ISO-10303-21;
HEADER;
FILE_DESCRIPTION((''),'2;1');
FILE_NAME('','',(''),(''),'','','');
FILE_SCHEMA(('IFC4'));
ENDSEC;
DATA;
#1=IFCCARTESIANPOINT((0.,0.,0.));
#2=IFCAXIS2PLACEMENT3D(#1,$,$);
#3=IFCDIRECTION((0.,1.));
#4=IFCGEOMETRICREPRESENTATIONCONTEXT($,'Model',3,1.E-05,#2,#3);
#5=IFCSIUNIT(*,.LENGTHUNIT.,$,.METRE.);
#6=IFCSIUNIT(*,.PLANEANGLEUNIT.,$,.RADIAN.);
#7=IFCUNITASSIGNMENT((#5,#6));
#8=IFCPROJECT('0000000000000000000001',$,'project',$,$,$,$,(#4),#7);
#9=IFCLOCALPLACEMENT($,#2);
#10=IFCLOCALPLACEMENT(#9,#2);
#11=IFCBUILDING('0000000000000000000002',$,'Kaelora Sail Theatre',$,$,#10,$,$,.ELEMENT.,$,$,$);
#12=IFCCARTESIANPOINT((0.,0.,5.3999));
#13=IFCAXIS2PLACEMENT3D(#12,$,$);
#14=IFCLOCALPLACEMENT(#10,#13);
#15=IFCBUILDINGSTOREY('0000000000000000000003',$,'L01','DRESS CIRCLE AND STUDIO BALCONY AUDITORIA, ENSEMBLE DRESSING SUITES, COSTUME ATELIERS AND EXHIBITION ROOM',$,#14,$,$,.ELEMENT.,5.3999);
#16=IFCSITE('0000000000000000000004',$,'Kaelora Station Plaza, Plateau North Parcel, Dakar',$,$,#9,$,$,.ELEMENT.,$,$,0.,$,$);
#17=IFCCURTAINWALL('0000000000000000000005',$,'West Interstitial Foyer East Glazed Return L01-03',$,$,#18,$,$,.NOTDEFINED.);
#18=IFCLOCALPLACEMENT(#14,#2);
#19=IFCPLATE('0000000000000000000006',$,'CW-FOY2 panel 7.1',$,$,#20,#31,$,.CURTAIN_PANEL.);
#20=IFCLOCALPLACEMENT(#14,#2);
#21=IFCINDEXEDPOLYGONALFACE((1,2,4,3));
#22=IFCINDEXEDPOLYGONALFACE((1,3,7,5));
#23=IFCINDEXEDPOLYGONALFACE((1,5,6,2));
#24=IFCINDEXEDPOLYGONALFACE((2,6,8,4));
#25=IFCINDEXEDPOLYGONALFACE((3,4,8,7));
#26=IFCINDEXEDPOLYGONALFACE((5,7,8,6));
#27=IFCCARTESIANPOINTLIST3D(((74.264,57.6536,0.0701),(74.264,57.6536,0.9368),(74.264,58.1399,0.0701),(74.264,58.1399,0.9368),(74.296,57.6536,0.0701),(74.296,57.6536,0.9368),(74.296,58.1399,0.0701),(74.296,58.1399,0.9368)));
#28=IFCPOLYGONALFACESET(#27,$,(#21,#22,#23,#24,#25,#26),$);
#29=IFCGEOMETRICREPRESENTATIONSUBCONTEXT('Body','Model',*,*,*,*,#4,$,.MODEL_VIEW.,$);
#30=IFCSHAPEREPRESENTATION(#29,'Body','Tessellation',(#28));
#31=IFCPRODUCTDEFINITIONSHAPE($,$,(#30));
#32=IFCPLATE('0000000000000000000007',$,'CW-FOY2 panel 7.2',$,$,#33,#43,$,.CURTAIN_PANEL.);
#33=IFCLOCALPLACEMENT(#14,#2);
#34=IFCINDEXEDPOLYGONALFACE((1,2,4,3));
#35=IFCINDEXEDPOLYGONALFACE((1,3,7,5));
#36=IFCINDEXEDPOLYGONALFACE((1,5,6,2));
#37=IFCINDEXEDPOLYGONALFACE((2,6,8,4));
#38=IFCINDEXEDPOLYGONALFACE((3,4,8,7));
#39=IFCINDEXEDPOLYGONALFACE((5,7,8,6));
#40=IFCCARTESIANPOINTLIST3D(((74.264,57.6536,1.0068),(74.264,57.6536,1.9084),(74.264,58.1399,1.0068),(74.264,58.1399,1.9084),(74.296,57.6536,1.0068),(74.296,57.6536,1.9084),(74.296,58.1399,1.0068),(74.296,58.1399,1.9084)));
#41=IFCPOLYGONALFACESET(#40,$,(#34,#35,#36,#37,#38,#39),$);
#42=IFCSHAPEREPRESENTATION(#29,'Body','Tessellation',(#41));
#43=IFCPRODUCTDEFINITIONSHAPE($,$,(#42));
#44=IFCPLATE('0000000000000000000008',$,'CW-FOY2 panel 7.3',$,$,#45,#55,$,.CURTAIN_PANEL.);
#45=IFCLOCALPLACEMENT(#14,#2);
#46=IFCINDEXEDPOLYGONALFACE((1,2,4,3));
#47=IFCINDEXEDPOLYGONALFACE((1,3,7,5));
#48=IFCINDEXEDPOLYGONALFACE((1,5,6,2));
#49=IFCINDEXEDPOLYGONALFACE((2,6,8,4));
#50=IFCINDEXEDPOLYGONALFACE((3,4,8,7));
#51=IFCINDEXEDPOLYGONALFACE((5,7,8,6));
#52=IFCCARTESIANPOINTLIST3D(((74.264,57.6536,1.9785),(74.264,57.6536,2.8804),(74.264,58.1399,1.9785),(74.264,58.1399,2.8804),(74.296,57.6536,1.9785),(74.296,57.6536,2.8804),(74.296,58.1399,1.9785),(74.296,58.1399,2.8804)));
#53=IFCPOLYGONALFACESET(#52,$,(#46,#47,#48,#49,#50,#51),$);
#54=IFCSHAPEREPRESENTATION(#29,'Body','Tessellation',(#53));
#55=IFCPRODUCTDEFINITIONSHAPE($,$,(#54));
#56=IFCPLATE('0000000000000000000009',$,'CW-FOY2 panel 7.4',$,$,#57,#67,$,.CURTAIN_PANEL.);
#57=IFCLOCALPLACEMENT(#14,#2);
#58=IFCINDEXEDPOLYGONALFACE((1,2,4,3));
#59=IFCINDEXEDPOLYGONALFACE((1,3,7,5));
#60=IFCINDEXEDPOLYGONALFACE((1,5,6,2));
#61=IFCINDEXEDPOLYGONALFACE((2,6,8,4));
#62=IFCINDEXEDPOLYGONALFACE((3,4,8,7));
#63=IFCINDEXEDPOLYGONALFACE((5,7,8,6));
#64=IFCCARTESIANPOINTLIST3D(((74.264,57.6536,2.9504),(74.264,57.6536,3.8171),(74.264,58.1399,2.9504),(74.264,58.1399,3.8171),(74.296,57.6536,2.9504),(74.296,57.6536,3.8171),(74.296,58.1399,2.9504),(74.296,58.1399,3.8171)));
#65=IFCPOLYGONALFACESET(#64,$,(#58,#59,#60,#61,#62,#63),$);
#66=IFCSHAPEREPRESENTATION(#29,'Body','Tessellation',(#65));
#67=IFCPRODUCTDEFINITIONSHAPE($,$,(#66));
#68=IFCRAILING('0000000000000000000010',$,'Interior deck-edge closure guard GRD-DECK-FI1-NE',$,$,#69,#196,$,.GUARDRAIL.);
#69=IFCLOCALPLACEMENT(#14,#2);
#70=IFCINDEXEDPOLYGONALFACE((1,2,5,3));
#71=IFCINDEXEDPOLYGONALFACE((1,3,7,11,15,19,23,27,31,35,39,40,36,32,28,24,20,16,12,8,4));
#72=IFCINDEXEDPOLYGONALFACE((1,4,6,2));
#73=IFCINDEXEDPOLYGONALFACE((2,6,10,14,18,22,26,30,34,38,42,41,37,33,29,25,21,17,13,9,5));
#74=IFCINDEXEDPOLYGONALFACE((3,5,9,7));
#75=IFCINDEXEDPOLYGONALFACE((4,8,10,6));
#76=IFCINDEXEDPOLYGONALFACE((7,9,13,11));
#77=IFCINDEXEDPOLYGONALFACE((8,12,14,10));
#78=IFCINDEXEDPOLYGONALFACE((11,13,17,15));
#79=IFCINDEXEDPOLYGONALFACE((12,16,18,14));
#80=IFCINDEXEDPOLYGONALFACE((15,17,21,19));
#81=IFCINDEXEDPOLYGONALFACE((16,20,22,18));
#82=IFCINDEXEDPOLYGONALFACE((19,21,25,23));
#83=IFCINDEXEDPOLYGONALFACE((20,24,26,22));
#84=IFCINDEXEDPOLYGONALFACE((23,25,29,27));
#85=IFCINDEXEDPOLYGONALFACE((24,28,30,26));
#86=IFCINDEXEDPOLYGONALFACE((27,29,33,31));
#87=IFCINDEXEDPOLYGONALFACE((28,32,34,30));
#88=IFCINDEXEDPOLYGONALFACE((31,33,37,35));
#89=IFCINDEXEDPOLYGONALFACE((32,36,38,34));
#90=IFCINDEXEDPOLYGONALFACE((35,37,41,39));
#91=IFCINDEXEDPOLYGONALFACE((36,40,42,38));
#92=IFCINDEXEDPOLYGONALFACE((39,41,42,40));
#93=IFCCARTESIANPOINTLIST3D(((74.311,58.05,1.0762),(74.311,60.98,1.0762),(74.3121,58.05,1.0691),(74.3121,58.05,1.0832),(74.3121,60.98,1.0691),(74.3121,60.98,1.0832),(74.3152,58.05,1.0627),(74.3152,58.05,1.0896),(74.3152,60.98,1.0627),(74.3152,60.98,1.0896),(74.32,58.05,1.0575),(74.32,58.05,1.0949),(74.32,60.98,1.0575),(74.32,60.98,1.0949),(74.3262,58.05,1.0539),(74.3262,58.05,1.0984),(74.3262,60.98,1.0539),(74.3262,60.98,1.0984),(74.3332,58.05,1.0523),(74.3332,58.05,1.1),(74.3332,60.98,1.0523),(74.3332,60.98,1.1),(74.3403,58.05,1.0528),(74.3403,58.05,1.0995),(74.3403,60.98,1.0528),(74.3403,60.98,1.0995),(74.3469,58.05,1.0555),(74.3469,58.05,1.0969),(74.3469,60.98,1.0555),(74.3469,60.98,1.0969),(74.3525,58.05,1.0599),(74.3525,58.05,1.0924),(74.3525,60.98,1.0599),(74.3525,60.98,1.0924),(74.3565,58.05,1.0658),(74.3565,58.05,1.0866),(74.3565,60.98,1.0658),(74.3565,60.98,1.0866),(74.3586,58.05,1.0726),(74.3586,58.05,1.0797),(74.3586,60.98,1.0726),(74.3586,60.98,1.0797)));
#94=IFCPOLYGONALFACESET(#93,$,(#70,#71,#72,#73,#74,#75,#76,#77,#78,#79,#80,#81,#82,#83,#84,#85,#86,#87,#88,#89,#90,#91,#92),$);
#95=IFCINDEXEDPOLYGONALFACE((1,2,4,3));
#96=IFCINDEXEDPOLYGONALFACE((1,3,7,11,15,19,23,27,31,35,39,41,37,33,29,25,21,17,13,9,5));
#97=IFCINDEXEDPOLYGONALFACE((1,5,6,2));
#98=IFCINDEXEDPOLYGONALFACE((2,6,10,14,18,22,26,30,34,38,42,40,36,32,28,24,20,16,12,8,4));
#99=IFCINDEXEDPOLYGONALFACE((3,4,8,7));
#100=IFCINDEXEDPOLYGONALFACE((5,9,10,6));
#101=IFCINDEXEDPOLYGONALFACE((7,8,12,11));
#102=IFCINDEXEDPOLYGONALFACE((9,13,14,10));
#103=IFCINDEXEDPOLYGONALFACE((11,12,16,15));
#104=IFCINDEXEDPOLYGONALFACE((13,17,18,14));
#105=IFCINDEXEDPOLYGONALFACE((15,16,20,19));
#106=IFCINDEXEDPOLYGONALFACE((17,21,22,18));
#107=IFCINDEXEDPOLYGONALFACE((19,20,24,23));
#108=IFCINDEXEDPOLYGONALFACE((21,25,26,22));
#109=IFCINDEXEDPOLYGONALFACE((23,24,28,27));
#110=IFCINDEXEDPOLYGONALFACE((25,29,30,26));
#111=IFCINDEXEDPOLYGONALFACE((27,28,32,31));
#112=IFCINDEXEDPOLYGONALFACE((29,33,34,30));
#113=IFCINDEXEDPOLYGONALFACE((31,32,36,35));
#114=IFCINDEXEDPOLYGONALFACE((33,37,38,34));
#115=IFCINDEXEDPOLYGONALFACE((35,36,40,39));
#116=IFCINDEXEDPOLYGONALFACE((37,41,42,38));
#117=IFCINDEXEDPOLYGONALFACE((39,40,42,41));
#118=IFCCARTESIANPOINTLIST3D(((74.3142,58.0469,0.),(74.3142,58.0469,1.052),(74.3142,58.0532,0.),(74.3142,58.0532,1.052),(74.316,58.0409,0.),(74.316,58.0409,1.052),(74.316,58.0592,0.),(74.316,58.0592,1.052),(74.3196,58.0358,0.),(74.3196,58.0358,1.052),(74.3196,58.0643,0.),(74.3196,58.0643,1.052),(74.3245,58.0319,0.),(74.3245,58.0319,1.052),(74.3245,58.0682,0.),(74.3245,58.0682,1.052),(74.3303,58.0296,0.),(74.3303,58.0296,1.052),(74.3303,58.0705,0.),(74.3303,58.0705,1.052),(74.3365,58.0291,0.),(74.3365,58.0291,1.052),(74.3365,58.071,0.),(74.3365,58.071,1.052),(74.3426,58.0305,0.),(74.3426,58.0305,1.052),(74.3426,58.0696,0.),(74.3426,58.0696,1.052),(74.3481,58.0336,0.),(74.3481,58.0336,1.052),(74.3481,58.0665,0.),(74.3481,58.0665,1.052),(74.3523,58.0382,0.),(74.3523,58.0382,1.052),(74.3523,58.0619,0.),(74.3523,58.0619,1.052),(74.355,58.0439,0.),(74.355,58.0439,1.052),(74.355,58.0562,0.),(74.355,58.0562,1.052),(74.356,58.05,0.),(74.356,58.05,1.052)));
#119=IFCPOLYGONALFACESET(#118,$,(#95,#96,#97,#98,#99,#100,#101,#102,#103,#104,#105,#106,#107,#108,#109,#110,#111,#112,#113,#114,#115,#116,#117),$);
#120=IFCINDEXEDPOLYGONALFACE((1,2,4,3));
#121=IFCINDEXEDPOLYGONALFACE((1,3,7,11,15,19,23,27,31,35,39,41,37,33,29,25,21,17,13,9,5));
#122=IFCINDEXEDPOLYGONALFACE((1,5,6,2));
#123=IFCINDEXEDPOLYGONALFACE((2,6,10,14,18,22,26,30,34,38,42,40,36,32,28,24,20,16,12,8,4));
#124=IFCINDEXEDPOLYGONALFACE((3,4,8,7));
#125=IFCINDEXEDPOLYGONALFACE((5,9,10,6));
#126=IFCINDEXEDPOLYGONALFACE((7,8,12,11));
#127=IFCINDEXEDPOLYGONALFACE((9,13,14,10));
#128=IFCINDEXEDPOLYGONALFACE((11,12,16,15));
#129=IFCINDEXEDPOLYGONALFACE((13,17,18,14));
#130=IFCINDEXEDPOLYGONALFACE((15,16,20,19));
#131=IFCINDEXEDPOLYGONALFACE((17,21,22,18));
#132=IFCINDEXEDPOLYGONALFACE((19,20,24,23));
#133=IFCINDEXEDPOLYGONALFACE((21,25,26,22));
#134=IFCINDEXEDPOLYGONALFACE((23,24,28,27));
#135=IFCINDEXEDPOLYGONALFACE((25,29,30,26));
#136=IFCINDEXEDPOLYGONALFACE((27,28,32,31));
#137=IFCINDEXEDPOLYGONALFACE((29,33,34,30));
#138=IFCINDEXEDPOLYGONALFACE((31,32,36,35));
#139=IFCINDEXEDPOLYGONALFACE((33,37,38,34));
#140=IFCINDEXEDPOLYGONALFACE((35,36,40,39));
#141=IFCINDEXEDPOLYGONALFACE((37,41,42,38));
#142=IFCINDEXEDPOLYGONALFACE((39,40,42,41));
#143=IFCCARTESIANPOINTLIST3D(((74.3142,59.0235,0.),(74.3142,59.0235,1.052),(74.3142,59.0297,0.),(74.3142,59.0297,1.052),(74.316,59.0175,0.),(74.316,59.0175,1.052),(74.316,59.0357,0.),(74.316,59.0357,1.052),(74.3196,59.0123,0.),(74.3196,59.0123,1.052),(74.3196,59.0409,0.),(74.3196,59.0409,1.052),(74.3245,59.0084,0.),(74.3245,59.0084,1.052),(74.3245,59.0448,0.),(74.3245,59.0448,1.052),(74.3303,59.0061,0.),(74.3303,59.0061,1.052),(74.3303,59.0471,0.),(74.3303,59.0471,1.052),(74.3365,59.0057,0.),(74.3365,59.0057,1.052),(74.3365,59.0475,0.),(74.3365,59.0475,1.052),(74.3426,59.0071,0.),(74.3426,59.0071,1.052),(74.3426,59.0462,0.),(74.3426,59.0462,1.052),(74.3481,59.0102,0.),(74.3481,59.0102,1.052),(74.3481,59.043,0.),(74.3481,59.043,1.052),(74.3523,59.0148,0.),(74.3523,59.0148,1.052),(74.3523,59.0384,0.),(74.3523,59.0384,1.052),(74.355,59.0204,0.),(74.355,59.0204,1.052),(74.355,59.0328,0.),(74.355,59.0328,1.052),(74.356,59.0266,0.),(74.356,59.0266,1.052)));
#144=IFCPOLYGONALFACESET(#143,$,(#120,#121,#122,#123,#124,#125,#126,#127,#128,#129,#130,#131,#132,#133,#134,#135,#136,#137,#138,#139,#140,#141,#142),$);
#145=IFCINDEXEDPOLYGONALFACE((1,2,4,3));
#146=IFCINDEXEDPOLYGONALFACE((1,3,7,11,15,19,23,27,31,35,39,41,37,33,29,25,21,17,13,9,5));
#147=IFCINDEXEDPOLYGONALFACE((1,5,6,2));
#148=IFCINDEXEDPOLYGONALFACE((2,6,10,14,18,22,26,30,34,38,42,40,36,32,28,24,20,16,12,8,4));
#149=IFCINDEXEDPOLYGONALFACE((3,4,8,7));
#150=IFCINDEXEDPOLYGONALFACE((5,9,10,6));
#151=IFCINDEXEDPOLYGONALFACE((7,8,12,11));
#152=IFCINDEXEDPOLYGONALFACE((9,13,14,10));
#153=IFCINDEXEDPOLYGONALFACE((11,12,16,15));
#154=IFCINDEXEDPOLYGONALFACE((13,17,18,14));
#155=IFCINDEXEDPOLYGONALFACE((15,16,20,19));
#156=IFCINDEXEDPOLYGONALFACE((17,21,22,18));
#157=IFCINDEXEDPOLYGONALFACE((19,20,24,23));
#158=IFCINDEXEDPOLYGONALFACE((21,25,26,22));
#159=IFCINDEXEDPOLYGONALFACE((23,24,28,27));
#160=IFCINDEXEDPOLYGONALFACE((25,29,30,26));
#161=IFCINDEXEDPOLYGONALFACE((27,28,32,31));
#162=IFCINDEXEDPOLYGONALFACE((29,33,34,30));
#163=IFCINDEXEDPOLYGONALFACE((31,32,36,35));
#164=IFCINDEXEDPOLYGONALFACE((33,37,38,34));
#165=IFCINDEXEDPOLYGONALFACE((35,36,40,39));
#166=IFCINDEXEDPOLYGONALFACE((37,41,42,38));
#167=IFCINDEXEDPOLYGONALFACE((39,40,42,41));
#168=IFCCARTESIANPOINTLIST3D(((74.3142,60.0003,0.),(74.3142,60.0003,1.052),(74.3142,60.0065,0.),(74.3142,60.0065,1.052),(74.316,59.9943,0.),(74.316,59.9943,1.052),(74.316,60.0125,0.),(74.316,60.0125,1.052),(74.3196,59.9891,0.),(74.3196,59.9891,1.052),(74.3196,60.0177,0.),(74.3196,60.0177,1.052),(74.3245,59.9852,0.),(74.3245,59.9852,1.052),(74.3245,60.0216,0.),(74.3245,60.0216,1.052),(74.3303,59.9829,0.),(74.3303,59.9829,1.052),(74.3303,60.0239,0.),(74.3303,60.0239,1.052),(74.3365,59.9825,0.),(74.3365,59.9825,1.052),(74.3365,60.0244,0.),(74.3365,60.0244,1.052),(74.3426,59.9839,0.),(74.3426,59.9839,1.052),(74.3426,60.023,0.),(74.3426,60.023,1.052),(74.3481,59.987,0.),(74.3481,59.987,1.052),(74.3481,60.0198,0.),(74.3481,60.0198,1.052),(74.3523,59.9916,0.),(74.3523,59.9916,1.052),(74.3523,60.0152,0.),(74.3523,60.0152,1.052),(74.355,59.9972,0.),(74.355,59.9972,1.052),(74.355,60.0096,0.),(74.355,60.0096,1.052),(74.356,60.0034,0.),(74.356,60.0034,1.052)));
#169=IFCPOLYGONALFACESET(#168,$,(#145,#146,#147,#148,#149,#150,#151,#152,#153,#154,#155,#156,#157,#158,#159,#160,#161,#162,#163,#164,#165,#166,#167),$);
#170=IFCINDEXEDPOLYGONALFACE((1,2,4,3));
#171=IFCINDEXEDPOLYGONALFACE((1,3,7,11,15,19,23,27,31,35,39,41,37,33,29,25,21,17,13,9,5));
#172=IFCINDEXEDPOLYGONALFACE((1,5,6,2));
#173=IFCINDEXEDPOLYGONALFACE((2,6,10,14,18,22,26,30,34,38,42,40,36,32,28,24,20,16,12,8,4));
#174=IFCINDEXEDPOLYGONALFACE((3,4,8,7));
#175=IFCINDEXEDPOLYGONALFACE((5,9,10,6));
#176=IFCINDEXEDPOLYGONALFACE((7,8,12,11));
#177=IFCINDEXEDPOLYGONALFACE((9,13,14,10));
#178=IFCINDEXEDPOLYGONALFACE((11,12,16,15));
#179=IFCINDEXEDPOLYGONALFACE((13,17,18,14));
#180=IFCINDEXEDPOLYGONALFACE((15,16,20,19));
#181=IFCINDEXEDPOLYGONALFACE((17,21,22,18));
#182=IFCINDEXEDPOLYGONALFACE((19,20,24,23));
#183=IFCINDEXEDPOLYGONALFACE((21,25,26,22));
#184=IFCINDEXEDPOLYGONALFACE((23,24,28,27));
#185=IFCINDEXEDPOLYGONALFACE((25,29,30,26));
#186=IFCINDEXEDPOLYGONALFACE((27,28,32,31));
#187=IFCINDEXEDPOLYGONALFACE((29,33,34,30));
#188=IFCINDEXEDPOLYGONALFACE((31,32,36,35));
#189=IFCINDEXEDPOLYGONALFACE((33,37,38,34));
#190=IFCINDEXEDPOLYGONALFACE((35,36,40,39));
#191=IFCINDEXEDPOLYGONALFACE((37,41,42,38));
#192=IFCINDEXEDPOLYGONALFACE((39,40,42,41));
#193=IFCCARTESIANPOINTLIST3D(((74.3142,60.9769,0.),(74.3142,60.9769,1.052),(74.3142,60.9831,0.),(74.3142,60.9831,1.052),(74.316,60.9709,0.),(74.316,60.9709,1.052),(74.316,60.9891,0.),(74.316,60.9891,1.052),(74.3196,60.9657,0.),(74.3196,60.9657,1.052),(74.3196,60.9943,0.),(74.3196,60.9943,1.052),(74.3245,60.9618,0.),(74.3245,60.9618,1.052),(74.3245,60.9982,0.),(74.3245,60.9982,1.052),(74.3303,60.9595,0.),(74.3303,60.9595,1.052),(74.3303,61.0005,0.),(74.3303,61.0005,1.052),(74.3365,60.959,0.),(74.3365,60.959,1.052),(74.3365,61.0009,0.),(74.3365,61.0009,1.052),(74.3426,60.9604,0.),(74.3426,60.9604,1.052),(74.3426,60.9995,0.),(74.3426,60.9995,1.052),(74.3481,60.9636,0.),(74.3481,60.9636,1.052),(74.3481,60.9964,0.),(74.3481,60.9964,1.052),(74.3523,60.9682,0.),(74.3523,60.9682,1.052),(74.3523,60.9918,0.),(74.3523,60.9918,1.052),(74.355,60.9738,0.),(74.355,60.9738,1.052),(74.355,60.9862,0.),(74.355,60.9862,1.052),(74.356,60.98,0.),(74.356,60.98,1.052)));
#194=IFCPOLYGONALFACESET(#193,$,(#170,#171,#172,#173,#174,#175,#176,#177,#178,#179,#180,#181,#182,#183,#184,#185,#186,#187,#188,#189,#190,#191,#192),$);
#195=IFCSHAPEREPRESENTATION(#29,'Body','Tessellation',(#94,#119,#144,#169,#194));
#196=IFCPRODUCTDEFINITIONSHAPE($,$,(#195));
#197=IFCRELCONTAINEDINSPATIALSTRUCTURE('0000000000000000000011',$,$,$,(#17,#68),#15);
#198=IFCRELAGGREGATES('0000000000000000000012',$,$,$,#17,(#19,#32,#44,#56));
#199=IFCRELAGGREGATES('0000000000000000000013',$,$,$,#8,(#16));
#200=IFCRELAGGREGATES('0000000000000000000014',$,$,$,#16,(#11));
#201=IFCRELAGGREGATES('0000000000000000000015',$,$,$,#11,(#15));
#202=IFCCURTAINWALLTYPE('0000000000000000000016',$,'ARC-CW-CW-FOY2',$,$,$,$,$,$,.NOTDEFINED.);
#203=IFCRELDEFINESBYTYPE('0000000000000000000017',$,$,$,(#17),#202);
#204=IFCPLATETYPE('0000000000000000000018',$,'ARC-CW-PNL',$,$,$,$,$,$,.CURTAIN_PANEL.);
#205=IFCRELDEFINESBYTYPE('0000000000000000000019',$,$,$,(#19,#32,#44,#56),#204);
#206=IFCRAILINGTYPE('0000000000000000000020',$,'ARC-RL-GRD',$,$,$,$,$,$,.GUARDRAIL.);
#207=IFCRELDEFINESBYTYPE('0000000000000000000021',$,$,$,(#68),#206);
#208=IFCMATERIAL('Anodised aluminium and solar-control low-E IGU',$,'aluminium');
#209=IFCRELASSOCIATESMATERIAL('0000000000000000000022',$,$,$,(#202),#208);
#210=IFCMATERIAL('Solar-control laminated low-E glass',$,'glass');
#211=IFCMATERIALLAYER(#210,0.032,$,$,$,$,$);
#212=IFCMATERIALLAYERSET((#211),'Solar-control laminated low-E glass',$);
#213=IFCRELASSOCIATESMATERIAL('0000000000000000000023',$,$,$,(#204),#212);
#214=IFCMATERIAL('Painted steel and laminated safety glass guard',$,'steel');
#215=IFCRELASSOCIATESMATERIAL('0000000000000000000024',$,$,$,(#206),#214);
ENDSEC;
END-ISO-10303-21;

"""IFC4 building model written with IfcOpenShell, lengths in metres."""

from ifc_helpers import new_model, si_unit, direction, frame, origin, origin_2d, place, context, subcontext, project, spatial, rectangle, circle, extrude, material, layer, layer_set, type_object, element, aggregate, save


model = new_model("IFC4")

# Units and contexts
model_context = context("Model", 3, precision=1e-05, world=origin(), true_north=direction((0.0, 1.0)))
body_context = subcontext(model_context, "Body", "Model", "MODEL_VIEW")
ifc_project = project(units=[si_unit("LENGTHUNIT", "METRE"), si_unit("PLANEANGLEUNIT", "RADIAN")], contexts=[model_context])

# Site, building, storey
site_placement = place(None, origin())
site = spatial("IfcSite", under=ifc_project, at=site_placement, Name="Kaelora Station Plaza, Plateau North Parcel, Dakar", CompositionType="ELEMENT", RefElevation=0.0)
building_placement = place(site_placement, origin())
building = spatial("IfcBuilding", under=site, at=building_placement, Name="Kaelora Sail Theatre", CompositionType="ELEMENT")
storey_placement = place(building_placement, frame((0.0, 0.0, 5.3999)))
storey = spatial("IfcBuildingStorey", under=building, at=storey_placement, Name="L01", Description="DRESS CIRCLE AND STUDIO BALCONY AUDITORIA, ENSEMBLE DRESSING SUITES, COSTUME ATELIERS AND EXHIBITION ROOM", CompositionType="ELEMENT", Elevation=5.3999)

# Curtain wall
ifc_material_1 = material(Name="Anodised aluminium and solar-control low-E IGU", Category="aluminium")
curtain_wall_type = type_object("IfcCurtainWallType", Name="ARC-CW-CW-FOY2", PredefinedType="NOTDEFINED", material=ifc_material_1)
curtain_wall_1_placement = place(storey_placement, origin())
curtain_wall_1 = element("IfcCurtainWall", 1, at=curtain_wall_1_placement, inside=storey, type_object=curtain_wall_type, Name="West Interstitial Foyer East Glazed Return L01-03", PredefinedType="NOTDEFINED")

# Plates
ifc_material_2 = material(Name="Solar-control laminated low-E glass", Category="glass")
ifc_layer = layer(ifc_material_2, 0.032)
ifc_layer_set = layer_set([ifc_layer], Name="Solar-control laminated low-E glass")
plate_type = type_object("IfcPlateType", Name="ARC-CW-PNL", PredefinedType="CURTAIN_PANEL", material=ifc_layer_set)
plate_1_placement = place(storey_placement, frame((74.28, 57.8967, 0.0701), z_axis=(0.0, 0.0, 1.0), x_axis=(0.0, 1.0, 0.0)))
plate_1 = element("IfcPlate", 2, at=plate_1_placement, type_object=plate_type, Name="CW-FOY2 panel 7.1", PredefinedType="CURTAIN_PANEL", context=body_context, shape_type="SweptSolid", body=[
    extrude(rectangle(XDim=0.4863, YDim=0.032, at=origin_2d()), origin(), (0.0, 0.0, 1.0), 0.8667),
])
plate_2_placement = place(storey_placement, frame((74.28, 57.8967, 1.0068), z_axis=(0.0, 0.0, 1.0), x_axis=(0.0, 1.0, 0.0)))
plate_2 = element("IfcPlate", 3, at=plate_2_placement, type_object=plate_type, Name="CW-FOY2 panel 7.2", PredefinedType="CURTAIN_PANEL", context=body_context, shape_type="SweptSolid", body=[
    extrude(rectangle(XDim=0.4863, YDim=0.032, at=origin_2d()), origin(), (0.0, 0.0, 1.0), 0.9016),
])
plate_3_placement = place(storey_placement, frame((74.28, 57.8967, 1.9785), z_axis=(0.0, 0.0, 1.0), x_axis=(0.0, 1.0, 0.0)))
plate_3 = element("IfcPlate", 4, at=plate_3_placement, type_object=plate_type, Name="CW-FOY2 panel 7.3", PredefinedType="CURTAIN_PANEL", context=body_context, shape_type="SweptSolid", body=[
    extrude(rectangle(XDim=0.4863, YDim=0.032, at=origin_2d()), origin(), (0.0, 0.0, 1.0), 0.9019),
])
plate_4_placement = place(storey_placement, frame((74.28, 57.8967, 2.9504), z_axis=(0.0, 0.0, 1.0), x_axis=(0.0, 1.0, 0.0)))
plate_4 = element("IfcPlate", 5, at=plate_4_placement, type_object=plate_type, Name="CW-FOY2 panel 7.4", PredefinedType="CURTAIN_PANEL", context=body_context, shape_type="SweptSolid", body=[
    extrude(rectangle(XDim=0.4863, YDim=0.032, at=origin_2d()), origin(), (0.0, 0.0, 1.0), 0.8667),
])
aggregate(curtain_wall_1, [plate_1, plate_2, plate_3, plate_4])

# Railing
ifc_material_3 = material(Name="Painted steel and laminated safety glass guard", Category="steel")
railing_type = type_object("IfcRailingType", Name="ARC-RL-GRD", PredefinedType="GUARDRAIL", material=ifc_material_3)
railing_placement = place(storey_placement, frame((74.335, 58.05, 0.0)))
element("IfcRailing", 6, at=railing_placement, inside=storey, type_object=railing_type, Name="Interior deck-edge closure guard GRD-DECK-FI1-NE", PredefinedType="GUARDRAIL", context=body_context, shape_type="SweptSolid", body=[
    extrude(circle(Radius=0.0239, at=origin_2d()), frame((0.0, 0.0, 1.0762), z_axis=(0.0, 1.0, 0.0), x_axis=(-1.0, 0.0, 0.0)), (0.0, 0.0, 1.0), 2.9299),
    extrude(circle(Radius=0.021, at=origin_2d()), origin(), (0.0, 0.0, 1.0), 1.052),
    extrude(circle(Radius=0.021, at=origin_2d()), frame((0.0, 0.9766, 0.0)), (0.0, 0.0, 1.0), 1.052),
    extrude(circle(Radius=0.021, at=origin_2d()), frame((0.0, 1.9534, 0.0)), (0.0, 0.0, 1.0), 1.052),
    extrude(circle(Radius=0.021, at=origin_2d()), frame((0.0, 2.9299, 0.0)), (0.0, 0.0, 1.0), 1.052),
])

save(model, "model.ifc")
